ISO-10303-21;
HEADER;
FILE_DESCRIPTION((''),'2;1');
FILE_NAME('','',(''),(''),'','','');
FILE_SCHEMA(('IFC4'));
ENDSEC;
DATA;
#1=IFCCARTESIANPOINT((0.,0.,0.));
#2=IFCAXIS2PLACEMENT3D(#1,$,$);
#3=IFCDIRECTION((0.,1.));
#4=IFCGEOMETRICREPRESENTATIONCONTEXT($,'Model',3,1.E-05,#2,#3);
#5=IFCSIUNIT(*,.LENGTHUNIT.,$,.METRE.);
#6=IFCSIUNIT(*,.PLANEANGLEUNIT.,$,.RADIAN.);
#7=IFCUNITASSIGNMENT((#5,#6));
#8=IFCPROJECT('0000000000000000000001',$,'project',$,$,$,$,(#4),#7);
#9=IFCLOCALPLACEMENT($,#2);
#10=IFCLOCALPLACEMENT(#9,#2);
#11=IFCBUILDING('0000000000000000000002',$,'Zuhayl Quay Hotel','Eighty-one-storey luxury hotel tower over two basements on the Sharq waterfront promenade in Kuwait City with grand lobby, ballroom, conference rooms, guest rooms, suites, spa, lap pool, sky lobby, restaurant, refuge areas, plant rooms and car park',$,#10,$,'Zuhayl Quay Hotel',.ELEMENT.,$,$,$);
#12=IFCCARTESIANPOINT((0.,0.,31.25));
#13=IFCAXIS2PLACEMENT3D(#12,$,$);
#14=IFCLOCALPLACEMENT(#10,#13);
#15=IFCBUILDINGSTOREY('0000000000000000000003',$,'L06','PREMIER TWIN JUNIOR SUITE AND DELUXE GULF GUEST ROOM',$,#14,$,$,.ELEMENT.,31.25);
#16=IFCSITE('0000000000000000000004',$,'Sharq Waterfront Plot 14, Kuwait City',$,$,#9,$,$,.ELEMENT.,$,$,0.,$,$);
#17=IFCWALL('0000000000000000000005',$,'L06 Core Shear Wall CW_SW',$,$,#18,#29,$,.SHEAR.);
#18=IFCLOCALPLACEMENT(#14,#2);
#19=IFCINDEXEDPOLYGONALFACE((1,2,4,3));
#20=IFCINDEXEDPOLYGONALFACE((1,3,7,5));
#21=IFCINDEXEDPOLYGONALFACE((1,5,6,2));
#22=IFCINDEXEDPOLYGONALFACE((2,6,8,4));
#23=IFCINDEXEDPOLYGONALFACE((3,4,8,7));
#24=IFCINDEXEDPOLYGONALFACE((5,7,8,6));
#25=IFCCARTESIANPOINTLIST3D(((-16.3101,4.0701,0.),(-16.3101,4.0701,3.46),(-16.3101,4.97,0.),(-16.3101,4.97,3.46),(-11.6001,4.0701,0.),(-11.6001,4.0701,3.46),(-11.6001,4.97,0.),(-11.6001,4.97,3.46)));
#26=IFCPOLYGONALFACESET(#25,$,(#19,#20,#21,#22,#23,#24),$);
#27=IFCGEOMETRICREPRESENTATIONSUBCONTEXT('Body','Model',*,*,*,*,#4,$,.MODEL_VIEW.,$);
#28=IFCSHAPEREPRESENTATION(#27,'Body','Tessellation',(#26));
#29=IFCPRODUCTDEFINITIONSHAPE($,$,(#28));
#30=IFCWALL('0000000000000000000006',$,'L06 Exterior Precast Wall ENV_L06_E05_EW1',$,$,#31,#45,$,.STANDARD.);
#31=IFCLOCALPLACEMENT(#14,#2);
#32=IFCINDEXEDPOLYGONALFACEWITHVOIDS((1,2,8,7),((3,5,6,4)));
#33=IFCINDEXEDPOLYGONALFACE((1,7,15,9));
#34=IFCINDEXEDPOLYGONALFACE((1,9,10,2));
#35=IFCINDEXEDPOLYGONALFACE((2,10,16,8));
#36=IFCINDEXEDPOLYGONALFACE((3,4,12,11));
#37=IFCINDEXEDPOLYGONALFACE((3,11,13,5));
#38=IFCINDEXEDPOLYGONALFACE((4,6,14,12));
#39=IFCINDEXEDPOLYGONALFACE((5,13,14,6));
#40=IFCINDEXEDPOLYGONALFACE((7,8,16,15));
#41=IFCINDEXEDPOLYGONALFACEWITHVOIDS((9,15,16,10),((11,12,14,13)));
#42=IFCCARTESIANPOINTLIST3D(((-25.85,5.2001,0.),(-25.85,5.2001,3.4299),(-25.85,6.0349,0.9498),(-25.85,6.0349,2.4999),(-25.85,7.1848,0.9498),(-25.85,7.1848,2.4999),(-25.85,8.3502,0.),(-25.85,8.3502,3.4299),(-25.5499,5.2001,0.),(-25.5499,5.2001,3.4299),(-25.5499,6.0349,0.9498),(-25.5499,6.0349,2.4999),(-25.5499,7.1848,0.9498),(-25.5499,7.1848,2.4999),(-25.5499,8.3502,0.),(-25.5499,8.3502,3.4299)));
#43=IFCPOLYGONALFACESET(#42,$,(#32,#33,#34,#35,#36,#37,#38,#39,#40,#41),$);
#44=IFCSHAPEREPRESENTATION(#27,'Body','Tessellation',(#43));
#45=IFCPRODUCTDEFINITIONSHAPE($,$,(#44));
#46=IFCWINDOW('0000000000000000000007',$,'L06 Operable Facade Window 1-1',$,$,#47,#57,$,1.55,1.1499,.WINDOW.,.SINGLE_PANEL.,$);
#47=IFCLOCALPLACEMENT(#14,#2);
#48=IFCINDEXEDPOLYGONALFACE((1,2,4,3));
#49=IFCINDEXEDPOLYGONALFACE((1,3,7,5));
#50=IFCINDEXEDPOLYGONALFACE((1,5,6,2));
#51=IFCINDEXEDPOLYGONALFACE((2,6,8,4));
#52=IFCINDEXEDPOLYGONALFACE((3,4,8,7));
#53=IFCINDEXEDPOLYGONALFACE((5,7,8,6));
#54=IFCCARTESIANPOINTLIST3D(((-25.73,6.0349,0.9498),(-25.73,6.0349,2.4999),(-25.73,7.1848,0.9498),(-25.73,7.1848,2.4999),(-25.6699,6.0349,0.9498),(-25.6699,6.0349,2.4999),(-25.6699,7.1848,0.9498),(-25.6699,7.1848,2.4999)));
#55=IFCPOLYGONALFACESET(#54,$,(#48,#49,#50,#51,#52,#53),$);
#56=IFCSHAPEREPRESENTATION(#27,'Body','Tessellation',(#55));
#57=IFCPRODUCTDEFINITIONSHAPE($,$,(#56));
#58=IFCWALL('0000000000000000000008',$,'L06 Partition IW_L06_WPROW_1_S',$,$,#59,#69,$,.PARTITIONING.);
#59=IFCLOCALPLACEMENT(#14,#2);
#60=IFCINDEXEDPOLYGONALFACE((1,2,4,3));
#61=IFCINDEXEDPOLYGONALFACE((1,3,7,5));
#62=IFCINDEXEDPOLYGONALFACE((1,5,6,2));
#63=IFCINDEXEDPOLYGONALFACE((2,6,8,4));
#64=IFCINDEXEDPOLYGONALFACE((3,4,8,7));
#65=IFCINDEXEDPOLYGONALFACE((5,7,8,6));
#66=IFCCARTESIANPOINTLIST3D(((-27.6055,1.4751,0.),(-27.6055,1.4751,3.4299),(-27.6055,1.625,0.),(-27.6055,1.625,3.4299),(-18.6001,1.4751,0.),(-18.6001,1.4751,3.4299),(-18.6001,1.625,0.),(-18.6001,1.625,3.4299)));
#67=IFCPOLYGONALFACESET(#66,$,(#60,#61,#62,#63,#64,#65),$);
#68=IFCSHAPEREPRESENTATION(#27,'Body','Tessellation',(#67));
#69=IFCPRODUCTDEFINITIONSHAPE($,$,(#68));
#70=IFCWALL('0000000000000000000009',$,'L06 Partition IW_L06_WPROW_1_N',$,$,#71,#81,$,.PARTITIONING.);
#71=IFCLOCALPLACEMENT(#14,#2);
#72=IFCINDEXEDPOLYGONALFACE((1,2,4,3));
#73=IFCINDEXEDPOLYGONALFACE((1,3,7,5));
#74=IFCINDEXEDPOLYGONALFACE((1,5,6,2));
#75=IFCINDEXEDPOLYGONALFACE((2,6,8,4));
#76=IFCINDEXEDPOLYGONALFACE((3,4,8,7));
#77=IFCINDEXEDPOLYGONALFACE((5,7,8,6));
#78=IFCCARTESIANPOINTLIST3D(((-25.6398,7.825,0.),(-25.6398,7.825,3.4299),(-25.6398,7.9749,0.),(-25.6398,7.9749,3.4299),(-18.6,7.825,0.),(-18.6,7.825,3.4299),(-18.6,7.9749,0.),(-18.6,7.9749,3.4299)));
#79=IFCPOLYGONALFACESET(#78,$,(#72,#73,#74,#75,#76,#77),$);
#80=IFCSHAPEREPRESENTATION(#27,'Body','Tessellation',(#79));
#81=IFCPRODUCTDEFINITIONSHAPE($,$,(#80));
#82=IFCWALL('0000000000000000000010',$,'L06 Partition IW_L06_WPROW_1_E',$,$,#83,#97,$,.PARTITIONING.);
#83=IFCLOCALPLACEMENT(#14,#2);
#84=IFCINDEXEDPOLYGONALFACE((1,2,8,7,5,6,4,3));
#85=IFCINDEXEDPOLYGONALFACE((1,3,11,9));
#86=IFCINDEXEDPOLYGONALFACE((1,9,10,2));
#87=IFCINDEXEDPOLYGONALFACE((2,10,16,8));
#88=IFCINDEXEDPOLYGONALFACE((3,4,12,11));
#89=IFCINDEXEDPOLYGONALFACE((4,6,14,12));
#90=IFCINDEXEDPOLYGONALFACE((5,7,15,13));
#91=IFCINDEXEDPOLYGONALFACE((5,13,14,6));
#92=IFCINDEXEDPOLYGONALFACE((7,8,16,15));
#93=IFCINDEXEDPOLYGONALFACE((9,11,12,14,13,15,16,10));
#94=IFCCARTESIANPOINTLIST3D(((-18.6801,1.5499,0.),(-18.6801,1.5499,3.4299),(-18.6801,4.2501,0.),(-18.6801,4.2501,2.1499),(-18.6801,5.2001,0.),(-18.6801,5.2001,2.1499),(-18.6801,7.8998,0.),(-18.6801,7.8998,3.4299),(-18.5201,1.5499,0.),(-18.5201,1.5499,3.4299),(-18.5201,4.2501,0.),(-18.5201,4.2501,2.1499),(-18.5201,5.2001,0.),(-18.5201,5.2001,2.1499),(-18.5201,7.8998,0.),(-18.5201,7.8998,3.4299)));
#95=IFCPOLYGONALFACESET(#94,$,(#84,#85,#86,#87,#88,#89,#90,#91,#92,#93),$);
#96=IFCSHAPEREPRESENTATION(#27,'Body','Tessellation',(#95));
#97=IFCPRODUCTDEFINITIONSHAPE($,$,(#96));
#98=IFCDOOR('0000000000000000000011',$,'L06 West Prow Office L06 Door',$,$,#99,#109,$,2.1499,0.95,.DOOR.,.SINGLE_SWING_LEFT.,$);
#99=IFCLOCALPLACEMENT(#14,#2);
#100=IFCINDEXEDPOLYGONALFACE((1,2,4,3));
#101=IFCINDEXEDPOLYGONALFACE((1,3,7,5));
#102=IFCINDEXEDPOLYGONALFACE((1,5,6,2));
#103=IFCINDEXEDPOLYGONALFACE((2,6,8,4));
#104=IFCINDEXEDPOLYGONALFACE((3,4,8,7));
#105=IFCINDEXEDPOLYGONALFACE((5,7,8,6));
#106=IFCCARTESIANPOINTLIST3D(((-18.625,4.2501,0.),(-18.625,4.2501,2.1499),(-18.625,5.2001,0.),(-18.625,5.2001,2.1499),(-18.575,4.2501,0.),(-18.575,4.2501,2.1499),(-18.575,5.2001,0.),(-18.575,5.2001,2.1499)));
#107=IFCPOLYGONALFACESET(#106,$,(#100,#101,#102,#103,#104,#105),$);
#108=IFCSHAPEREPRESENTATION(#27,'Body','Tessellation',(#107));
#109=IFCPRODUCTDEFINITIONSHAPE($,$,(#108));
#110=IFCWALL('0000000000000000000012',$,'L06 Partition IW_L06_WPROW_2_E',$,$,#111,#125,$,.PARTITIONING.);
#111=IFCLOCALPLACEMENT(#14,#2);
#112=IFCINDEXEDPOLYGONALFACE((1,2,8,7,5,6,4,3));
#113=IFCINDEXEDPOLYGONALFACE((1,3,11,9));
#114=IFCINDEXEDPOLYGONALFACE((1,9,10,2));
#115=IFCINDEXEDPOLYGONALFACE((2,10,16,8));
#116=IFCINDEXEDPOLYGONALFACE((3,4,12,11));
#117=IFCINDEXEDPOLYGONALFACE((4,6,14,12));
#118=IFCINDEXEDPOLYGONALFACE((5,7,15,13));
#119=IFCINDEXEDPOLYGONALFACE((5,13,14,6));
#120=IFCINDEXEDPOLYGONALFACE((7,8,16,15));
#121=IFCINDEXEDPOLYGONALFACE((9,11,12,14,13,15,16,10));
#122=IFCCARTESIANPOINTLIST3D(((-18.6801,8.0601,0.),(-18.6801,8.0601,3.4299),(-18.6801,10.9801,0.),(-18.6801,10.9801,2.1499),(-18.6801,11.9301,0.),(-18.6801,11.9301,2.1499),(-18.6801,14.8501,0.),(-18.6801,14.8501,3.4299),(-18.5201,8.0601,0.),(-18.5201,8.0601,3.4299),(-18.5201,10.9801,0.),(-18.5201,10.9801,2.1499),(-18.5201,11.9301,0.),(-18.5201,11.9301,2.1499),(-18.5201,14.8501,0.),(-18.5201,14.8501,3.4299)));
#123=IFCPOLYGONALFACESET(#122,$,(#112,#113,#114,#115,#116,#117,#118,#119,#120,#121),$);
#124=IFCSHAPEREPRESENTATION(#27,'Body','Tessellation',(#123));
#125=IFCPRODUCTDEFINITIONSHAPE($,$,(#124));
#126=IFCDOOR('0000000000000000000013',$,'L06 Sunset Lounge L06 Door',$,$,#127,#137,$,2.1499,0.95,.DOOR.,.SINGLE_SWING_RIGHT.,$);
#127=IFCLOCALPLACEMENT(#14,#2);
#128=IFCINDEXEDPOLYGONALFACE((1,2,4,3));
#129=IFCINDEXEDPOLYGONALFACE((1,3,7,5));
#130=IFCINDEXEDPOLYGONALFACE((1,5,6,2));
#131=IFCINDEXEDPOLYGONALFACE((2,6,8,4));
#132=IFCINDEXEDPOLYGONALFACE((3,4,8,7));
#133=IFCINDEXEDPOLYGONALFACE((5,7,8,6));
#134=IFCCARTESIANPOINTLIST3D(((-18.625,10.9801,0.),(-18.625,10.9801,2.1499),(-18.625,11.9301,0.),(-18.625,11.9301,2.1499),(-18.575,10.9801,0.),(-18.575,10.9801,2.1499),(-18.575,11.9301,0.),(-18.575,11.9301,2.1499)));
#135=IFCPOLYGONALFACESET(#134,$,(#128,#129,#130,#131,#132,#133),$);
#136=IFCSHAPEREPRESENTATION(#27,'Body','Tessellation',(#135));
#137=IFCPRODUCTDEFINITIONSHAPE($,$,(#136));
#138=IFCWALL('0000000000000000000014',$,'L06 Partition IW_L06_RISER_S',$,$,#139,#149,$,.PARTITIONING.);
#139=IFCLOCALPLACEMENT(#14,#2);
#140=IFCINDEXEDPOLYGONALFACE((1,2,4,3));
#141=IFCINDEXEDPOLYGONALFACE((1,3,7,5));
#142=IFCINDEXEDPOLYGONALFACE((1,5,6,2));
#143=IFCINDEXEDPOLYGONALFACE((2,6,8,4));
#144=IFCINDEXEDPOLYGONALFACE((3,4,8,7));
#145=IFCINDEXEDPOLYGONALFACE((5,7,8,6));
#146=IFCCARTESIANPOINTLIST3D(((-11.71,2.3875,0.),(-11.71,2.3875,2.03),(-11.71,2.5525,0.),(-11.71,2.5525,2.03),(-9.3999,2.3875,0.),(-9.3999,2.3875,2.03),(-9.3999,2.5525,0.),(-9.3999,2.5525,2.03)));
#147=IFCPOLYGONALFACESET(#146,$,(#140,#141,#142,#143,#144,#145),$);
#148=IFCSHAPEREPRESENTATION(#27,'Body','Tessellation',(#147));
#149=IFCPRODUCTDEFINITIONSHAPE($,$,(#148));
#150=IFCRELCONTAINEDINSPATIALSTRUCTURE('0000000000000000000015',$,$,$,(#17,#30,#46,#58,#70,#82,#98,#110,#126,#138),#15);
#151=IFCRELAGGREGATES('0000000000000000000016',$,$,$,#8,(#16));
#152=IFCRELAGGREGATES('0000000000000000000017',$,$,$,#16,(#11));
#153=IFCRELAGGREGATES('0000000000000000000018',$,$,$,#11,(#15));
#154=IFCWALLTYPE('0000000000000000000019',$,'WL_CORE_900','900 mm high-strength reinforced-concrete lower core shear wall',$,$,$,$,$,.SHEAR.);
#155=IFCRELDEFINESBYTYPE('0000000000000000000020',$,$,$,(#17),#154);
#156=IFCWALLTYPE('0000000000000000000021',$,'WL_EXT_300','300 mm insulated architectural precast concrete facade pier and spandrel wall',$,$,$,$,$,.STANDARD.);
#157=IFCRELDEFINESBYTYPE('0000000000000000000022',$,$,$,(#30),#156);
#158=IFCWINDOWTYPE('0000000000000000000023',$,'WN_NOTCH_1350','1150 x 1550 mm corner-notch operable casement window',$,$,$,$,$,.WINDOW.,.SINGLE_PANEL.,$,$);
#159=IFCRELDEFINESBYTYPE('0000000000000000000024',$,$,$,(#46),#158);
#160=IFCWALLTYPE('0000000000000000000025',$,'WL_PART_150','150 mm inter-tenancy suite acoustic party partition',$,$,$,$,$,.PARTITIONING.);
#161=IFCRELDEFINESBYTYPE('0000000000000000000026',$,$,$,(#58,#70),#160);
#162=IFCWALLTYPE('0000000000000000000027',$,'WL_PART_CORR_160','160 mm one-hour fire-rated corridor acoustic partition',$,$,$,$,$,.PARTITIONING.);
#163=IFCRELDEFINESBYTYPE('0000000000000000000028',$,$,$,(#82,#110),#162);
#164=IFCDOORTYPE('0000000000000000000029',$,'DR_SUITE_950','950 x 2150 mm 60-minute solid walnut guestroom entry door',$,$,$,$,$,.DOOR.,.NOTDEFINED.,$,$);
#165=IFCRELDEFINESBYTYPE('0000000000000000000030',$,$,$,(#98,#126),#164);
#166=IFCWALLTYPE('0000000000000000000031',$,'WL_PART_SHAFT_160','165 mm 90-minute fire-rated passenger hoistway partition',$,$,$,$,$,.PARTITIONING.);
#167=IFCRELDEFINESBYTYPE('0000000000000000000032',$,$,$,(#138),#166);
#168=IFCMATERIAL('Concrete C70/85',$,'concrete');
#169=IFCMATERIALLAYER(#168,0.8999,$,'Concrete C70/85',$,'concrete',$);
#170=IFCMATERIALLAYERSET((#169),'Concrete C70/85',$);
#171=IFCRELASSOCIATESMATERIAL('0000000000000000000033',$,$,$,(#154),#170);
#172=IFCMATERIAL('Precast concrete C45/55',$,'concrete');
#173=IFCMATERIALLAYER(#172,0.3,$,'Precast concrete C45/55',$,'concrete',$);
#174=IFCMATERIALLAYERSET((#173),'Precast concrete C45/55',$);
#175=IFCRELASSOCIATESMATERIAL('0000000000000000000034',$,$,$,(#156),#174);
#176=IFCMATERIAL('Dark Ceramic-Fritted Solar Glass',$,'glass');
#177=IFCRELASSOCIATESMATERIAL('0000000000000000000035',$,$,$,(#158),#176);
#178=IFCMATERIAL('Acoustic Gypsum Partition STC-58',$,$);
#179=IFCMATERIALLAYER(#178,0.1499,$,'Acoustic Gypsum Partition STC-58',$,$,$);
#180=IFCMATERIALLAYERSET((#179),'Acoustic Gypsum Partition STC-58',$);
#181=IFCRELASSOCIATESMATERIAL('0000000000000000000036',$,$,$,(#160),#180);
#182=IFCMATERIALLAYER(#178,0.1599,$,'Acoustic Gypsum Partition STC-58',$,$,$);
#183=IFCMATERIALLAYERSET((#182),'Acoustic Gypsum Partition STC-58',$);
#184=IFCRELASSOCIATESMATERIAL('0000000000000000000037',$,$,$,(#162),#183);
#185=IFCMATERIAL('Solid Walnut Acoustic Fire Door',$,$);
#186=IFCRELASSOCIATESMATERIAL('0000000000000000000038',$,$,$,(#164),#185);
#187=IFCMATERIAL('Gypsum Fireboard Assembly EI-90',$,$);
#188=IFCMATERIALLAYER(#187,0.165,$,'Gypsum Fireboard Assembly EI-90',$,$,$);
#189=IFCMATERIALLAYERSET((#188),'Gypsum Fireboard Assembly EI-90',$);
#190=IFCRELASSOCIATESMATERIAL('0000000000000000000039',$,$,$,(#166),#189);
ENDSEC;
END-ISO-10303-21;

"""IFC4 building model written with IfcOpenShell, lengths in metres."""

from ifc_helpers import new_model, si_unit, direction, frame, frame_2d, origin, place, context, subcontext, project, spatial, rectangle, extrude, material, layer, layer_set, type_object, element, fill, save


model = new_model("IFC4")

# Units and contexts
model_context = context("Model", 3, precision=1e-05, world=origin(), true_north=direction((0.0, 1.0)))
body_context = subcontext(model_context, "Body", "Model", "MODEL_VIEW")
ifc_project = project(units=[si_unit("LENGTHUNIT", "METRE"), si_unit("PLANEANGLEUNIT", "RADIAN")], contexts=[model_context])

# Site, building, storey
site_placement = place(None, origin())
site = spatial("IfcSite", under=ifc_project, at=site_placement, Name="Sharq Waterfront Plot 14, Kuwait City", CompositionType="ELEMENT", RefElevation=0.0)
building_placement = place(site_placement, origin())
building = spatial("IfcBuilding", under=site, at=building_placement, Name="Zuhayl Quay Hotel", Description="Eighty-one-storey luxury hotel tower over two basements on the Sharq waterfront promenade in Kuwait City with grand lobby, ballroom, conference rooms, guest rooms, suites, spa, lap pool, sky lobby, restaurant, refuge areas, plant rooms and car park", LongName="Zuhayl Quay Hotel", CompositionType="ELEMENT")
storey_placement = place(building_placement, frame((0.0, 0.0, 31.25)))
storey = spatial("IfcBuildingStorey", under=building, at=storey_placement, Name="L06", Description="PREMIER TWIN JUNIOR SUITE AND DELUXE GULF GUEST ROOM", CompositionType="ELEMENT", Elevation=31.25)

# Shared definitions
ifc_material_1 = material(Name="Concrete C70/85", Category="concrete")

# Wall
ifc_layer_1 = layer(ifc_material_1, 0.8999, Name="Concrete C70/85", Category="concrete")
ifc_layer_set_1 = layer_set([ifc_layer_1], Name="Concrete C70/85")
wall_type_1 = type_object("IfcWallType", Name="WL_CORE_900", Description="900 mm high-strength reinforced-concrete lower core shear wall", PredefinedType="SHEAR", material=ifc_layer_set_1)
wall_1_placement = place(storey_placement, frame((-16.3101, 4.52, 0.0), z_axis=(0.0, 0.0, 1.0), x_axis=(1.0, 0.0, 0.0)))
element("IfcWall", 1, at=wall_1_placement, inside=storey, type_object=wall_type_1, Name="L06 Core Shear Wall CW_SW", PredefinedType="SHEAR", context=body_context, shape_type="SweptSolid", body=[
    extrude(rectangle(XDim=4.71, YDim=0.8999, at=frame_2d((2.355, 0.0))), origin(), (0.0, 0.0, 1.0), 3.46),
])

# Wall, opening, window
ifc_material_2 = material(Name="Precast concrete C45/55", Category="concrete")
ifc_layer_2 = layer(ifc_material_2, 0.3, Name="Precast concrete C45/55", Category="concrete")
ifc_layer_set_2 = layer_set([ifc_layer_2], Name="Precast concrete C45/55")
wall_type_2 = type_object("IfcWallType", Name="WL_EXT_300", Description="300 mm insulated architectural precast concrete facade pier and spandrel wall", PredefinedType="STANDARD", material=ifc_layer_set_2)
wall_2_placement = place(storey_placement, frame((-25.7, 5.2, 0.0), z_axis=(0.0, 0.0, 1.0), x_axis=(0.0, 1.0, 0.0)))
wall_2 = element("IfcWall", 2, at=wall_2_placement, inside=storey, type_object=wall_type_2, Name="L06 Exterior Precast Wall ENV_L06_E05_EW1", PredefinedType="STANDARD", context=body_context, shape_type="SweptSolid", body=[
    extrude(rectangle(XDim=3.1501, YDim=0.3, at=frame_2d((1.5752, 0.0))), origin(), (0.0, 0.0, 1.0), 3.4299),
])
opening_1_placement = place(wall_2_placement, frame((0.835, 0.0, 0.95)))
opening_1 = element("IfcOpeningElement", 3, at=opening_1_placement, cuts=wall_2, PredefinedType="OPENING", context=body_context, shape_type="SweptSolid", body=[
    extrude(rectangle(XDim=1.1499, YDim=1.55, at=frame_2d((0.575, 0.7749))), frame((0.0, 0.1599, 0.0), z_axis=(0.0, -1.0, 0.0), x_axis=(1.0, 0.0, 0.0)), (0.0, 0.0, 1.0), 0.3201),
])
ifc_material_3 = material(Name="Dark Ceramic-Fritted Solar Glass", Category="glass")
window_type = type_object("IfcWindowType", Name="WN_NOTCH_1350", Description="1150 x 1550 mm corner-notch operable casement window", PartitioningType="SINGLE_PANEL", PredefinedType="WINDOW", material=ifc_material_3)
window_placement = place(opening_1_placement, origin())
window = element("IfcWindow", 4, at=window_placement, inside=storey, type_object=window_type, Name="L06 Operable Facade Window 1-1", OverallHeight=1.55, OverallWidth=1.1499, PartitioningType="SINGLE_PANEL", PredefinedType="WINDOW", context=body_context, shape_type="SweptSolid", body=[
    extrude(rectangle(XDim=1.1499, YDim=1.55, at=frame_2d((0.575, 0.7749))), frame((0.0, 0.03, 0.0), z_axis=(0.0, -1.0, 0.0), x_axis=(1.0, 0.0, 0.0)), (0.0, 0.0, 1.0), 0.0601),
])
fill(opening_1, window)

# Walls
ifc_material_4 = material(Name="Acoustic Gypsum Partition STC-58")
ifc_layer_3 = layer(ifc_material_4, 0.1499, Name="Acoustic Gypsum Partition STC-58")
ifc_layer_set_3 = layer_set([ifc_layer_3], Name="Acoustic Gypsum Partition STC-58")
wall_type_3 = type_object("IfcWallType", Name="WL_PART_150", Description="150 mm inter-tenancy suite acoustic party partition", PredefinedType="PARTITIONING", material=ifc_layer_set_3)
wall_3_placement = place(storey_placement, frame((-27.6055, 1.55, 0.0), z_axis=(0.0, 0.0, 1.0), x_axis=(1.0, 0.0, 0.0)))
element("IfcWall", 5, at=wall_3_placement, inside=storey, type_object=wall_type_3, Name="L06 Partition IW_L06_WPROW_1_S", PredefinedType="PARTITIONING", context=body_context, shape_type="SweptSolid", body=[
    extrude(rectangle(XDim=9.0054, YDim=0.1499, at=frame_2d((4.5027, 0.0))), origin(), (0.0, 0.0, 1.0), 3.4299),
])
wall_4_placement = place(storey_placement, frame((-25.6399, 7.8999, 0.0), z_axis=(0.0, 0.0, 1.0), x_axis=(1.0, 0.0, 0.0)))
element("IfcWall", 6, at=wall_4_placement, inside=storey, type_object=wall_type_3, Name="L06 Partition IW_L06_WPROW_1_N", PredefinedType="PARTITIONING", context=body_context, shape_type="SweptSolid", body=[
    extrude(rectangle(XDim=7.0398, YDim=0.1499, at=frame_2d((3.52, 0.0))), origin(), (0.0, 0.0, 1.0), 3.4299),
])

# Walls, openings, doors
ifc_layer_4 = layer(ifc_material_4, 0.1599, Name="Acoustic Gypsum Partition STC-58")
ifc_layer_set_4 = layer_set([ifc_layer_4], Name="Acoustic Gypsum Partition STC-58")
wall_type_4 = type_object("IfcWallType", Name="WL_PART_CORR_160", Description="160 mm one-hour fire-rated corridor acoustic partition", PredefinedType="PARTITIONING", material=ifc_layer_set_4)
wall_5_placement = place(storey_placement, frame((-18.6001, 1.55, 0.0), z_axis=(0.0, 0.0, 1.0), x_axis=(0.0, 1.0, 0.0)))
wall_5 = element("IfcWall", 7, at=wall_5_placement, inside=storey, type_object=wall_type_4, Name="L06 Partition IW_L06_WPROW_1_E", PredefinedType="PARTITIONING", context=body_context, shape_type="SweptSolid", body=[
    extrude(rectangle(XDim=6.3499, YDim=0.1599, at=frame_2d((3.1748, 0.0))), origin(), (0.0, 0.0, 1.0), 3.4299),
])
opening_2_placement = place(wall_5_placement, frame((2.7, 0.0, 0.0)))
opening_2 = element("IfcOpeningElement", 8, at=opening_2_placement, cuts=wall_5, PredefinedType="OPENING", context=body_context, shape_type="SweptSolid", body=[
    extrude(rectangle(XDim=0.95, YDim=2.1499, at=frame_2d((0.4751, 1.075))), frame((0.0, 0.0898, 0.0), z_axis=(0.0, -1.0, 0.0), x_axis=(1.0, 0.0, 0.0)), (0.0, 0.0, 1.0), 0.1799),
])
ifc_material_5 = material(Name="Solid Walnut Acoustic Fire Door")
door_type_1 = type_object("IfcDoorType", Name="DR_SUITE_950", Description="950 x 2150 mm 60-minute solid walnut guestroom entry door", OperationType="NOTDEFINED", PredefinedType="DOOR", material=ifc_material_5)
door_1_placement = place(opening_2_placement, origin())
door_1 = element("IfcDoor", 9, at=door_1_placement, inside=storey, type_object=door_type_1, Name="L06 West Prow Office L06 Door", OperationType="SINGLE_SWING_LEFT", OverallHeight=2.1499, OverallWidth=0.95, PredefinedType="DOOR", context=body_context, shape_type="SweptSolid", body=[
    extrude(rectangle(XDim=0.95, YDim=2.1499, at=frame_2d((0.4751, 1.075))), frame((0.0, 0.0249, 0.0), z_axis=(0.0, -1.0, 0.0), x_axis=(1.0, 0.0, 0.0)), (0.0, 0.0, 1.0), 0.05),
])
fill(opening_2, door_1)
wall_6_placement = place(storey_placement, frame((-18.6001, 8.0601, 0.0), z_axis=(0.0, 0.0, 1.0), x_axis=(0.0, 1.0, 0.0)))
wall_6 = element("IfcWall", 10, at=wall_6_placement, inside=storey, type_object=wall_type_4, Name="L06 Partition IW_L06_WPROW_2_E", PredefinedType="PARTITIONING", context=body_context, shape_type="SweptSolid", body=[
    extrude(rectangle(XDim=6.79, YDim=0.1599, at=frame_2d((3.395, 0.0))), origin(), (0.0, 0.0, 1.0), 3.4299),
])
opening_3_placement = place(wall_6_placement, frame((2.9199, 0.0, 0.0)))
opening_3 = element("IfcOpeningElement", 11, at=opening_3_placement, cuts=wall_6, PredefinedType="OPENING", context=body_context, shape_type="SweptSolid", body=[
    extrude(rectangle(XDim=0.95, YDim=2.1499, at=frame_2d((0.4751, 1.075))), frame((0.0, 0.0898, 0.0), z_axis=(0.0, -1.0, 0.0), x_axis=(1.0, 0.0, 0.0)), (0.0, 0.0, 1.0), 0.1799),
])
door_2_placement = place(opening_3_placement, origin())
door_2 = element("IfcDoor", 12, at=door_2_placement, inside=storey, type_object=door_type_1, Name="L06 Sunset Lounge L06 Door", OperationType="SINGLE_SWING_RIGHT", OverallHeight=2.1499, OverallWidth=0.95, PredefinedType="DOOR", context=body_context, shape_type="SweptSolid", body=[
    extrude(rectangle(XDim=0.95, YDim=2.1499, at=frame_2d((0.4751, 1.075))), frame((0.0, 0.0249, 0.0), z_axis=(0.0, -1.0, 0.0), x_axis=(1.0, 0.0, 0.0)), (0.0, 0.0, 1.0), 0.05),
])
fill(opening_3, door_2)

# Wall
ifc_material_6 = material(Name="Gypsum Fireboard Assembly EI-90")
ifc_layer_5 = layer(ifc_material_6, 0.165, Name="Gypsum Fireboard Assembly EI-90")
ifc_layer_set_5 = layer_set([ifc_layer_5], Name="Gypsum Fireboard Assembly EI-90")
wall_type_5 = type_object("IfcWallType", Name="WL_PART_SHAFT_160", Description="165 mm 90-minute fire-rated passenger hoistway partition", PredefinedType="PARTITIONING", material=ifc_layer_set_5)
wall_7_placement = place(storey_placement, frame((-11.71, 2.47, 0.0), z_axis=(0.0, 0.0, 1.0), x_axis=(1.0, 0.0, 0.0)))
element("IfcWall", 13, at=wall_7_placement, inside=storey, type_object=wall_type_5, Name="L06 Partition IW_L06_RISER_S", PredefinedType="PARTITIONING", context=body_context, shape_type="SweptSolid", body=[
    extrude(rectangle(XDim=2.3101, YDim=0.165, at=frame_2d((1.155, 0.0))), origin(), (0.0, 0.0, 1.0), 2.03),
])

save(model, "model.ifc")
